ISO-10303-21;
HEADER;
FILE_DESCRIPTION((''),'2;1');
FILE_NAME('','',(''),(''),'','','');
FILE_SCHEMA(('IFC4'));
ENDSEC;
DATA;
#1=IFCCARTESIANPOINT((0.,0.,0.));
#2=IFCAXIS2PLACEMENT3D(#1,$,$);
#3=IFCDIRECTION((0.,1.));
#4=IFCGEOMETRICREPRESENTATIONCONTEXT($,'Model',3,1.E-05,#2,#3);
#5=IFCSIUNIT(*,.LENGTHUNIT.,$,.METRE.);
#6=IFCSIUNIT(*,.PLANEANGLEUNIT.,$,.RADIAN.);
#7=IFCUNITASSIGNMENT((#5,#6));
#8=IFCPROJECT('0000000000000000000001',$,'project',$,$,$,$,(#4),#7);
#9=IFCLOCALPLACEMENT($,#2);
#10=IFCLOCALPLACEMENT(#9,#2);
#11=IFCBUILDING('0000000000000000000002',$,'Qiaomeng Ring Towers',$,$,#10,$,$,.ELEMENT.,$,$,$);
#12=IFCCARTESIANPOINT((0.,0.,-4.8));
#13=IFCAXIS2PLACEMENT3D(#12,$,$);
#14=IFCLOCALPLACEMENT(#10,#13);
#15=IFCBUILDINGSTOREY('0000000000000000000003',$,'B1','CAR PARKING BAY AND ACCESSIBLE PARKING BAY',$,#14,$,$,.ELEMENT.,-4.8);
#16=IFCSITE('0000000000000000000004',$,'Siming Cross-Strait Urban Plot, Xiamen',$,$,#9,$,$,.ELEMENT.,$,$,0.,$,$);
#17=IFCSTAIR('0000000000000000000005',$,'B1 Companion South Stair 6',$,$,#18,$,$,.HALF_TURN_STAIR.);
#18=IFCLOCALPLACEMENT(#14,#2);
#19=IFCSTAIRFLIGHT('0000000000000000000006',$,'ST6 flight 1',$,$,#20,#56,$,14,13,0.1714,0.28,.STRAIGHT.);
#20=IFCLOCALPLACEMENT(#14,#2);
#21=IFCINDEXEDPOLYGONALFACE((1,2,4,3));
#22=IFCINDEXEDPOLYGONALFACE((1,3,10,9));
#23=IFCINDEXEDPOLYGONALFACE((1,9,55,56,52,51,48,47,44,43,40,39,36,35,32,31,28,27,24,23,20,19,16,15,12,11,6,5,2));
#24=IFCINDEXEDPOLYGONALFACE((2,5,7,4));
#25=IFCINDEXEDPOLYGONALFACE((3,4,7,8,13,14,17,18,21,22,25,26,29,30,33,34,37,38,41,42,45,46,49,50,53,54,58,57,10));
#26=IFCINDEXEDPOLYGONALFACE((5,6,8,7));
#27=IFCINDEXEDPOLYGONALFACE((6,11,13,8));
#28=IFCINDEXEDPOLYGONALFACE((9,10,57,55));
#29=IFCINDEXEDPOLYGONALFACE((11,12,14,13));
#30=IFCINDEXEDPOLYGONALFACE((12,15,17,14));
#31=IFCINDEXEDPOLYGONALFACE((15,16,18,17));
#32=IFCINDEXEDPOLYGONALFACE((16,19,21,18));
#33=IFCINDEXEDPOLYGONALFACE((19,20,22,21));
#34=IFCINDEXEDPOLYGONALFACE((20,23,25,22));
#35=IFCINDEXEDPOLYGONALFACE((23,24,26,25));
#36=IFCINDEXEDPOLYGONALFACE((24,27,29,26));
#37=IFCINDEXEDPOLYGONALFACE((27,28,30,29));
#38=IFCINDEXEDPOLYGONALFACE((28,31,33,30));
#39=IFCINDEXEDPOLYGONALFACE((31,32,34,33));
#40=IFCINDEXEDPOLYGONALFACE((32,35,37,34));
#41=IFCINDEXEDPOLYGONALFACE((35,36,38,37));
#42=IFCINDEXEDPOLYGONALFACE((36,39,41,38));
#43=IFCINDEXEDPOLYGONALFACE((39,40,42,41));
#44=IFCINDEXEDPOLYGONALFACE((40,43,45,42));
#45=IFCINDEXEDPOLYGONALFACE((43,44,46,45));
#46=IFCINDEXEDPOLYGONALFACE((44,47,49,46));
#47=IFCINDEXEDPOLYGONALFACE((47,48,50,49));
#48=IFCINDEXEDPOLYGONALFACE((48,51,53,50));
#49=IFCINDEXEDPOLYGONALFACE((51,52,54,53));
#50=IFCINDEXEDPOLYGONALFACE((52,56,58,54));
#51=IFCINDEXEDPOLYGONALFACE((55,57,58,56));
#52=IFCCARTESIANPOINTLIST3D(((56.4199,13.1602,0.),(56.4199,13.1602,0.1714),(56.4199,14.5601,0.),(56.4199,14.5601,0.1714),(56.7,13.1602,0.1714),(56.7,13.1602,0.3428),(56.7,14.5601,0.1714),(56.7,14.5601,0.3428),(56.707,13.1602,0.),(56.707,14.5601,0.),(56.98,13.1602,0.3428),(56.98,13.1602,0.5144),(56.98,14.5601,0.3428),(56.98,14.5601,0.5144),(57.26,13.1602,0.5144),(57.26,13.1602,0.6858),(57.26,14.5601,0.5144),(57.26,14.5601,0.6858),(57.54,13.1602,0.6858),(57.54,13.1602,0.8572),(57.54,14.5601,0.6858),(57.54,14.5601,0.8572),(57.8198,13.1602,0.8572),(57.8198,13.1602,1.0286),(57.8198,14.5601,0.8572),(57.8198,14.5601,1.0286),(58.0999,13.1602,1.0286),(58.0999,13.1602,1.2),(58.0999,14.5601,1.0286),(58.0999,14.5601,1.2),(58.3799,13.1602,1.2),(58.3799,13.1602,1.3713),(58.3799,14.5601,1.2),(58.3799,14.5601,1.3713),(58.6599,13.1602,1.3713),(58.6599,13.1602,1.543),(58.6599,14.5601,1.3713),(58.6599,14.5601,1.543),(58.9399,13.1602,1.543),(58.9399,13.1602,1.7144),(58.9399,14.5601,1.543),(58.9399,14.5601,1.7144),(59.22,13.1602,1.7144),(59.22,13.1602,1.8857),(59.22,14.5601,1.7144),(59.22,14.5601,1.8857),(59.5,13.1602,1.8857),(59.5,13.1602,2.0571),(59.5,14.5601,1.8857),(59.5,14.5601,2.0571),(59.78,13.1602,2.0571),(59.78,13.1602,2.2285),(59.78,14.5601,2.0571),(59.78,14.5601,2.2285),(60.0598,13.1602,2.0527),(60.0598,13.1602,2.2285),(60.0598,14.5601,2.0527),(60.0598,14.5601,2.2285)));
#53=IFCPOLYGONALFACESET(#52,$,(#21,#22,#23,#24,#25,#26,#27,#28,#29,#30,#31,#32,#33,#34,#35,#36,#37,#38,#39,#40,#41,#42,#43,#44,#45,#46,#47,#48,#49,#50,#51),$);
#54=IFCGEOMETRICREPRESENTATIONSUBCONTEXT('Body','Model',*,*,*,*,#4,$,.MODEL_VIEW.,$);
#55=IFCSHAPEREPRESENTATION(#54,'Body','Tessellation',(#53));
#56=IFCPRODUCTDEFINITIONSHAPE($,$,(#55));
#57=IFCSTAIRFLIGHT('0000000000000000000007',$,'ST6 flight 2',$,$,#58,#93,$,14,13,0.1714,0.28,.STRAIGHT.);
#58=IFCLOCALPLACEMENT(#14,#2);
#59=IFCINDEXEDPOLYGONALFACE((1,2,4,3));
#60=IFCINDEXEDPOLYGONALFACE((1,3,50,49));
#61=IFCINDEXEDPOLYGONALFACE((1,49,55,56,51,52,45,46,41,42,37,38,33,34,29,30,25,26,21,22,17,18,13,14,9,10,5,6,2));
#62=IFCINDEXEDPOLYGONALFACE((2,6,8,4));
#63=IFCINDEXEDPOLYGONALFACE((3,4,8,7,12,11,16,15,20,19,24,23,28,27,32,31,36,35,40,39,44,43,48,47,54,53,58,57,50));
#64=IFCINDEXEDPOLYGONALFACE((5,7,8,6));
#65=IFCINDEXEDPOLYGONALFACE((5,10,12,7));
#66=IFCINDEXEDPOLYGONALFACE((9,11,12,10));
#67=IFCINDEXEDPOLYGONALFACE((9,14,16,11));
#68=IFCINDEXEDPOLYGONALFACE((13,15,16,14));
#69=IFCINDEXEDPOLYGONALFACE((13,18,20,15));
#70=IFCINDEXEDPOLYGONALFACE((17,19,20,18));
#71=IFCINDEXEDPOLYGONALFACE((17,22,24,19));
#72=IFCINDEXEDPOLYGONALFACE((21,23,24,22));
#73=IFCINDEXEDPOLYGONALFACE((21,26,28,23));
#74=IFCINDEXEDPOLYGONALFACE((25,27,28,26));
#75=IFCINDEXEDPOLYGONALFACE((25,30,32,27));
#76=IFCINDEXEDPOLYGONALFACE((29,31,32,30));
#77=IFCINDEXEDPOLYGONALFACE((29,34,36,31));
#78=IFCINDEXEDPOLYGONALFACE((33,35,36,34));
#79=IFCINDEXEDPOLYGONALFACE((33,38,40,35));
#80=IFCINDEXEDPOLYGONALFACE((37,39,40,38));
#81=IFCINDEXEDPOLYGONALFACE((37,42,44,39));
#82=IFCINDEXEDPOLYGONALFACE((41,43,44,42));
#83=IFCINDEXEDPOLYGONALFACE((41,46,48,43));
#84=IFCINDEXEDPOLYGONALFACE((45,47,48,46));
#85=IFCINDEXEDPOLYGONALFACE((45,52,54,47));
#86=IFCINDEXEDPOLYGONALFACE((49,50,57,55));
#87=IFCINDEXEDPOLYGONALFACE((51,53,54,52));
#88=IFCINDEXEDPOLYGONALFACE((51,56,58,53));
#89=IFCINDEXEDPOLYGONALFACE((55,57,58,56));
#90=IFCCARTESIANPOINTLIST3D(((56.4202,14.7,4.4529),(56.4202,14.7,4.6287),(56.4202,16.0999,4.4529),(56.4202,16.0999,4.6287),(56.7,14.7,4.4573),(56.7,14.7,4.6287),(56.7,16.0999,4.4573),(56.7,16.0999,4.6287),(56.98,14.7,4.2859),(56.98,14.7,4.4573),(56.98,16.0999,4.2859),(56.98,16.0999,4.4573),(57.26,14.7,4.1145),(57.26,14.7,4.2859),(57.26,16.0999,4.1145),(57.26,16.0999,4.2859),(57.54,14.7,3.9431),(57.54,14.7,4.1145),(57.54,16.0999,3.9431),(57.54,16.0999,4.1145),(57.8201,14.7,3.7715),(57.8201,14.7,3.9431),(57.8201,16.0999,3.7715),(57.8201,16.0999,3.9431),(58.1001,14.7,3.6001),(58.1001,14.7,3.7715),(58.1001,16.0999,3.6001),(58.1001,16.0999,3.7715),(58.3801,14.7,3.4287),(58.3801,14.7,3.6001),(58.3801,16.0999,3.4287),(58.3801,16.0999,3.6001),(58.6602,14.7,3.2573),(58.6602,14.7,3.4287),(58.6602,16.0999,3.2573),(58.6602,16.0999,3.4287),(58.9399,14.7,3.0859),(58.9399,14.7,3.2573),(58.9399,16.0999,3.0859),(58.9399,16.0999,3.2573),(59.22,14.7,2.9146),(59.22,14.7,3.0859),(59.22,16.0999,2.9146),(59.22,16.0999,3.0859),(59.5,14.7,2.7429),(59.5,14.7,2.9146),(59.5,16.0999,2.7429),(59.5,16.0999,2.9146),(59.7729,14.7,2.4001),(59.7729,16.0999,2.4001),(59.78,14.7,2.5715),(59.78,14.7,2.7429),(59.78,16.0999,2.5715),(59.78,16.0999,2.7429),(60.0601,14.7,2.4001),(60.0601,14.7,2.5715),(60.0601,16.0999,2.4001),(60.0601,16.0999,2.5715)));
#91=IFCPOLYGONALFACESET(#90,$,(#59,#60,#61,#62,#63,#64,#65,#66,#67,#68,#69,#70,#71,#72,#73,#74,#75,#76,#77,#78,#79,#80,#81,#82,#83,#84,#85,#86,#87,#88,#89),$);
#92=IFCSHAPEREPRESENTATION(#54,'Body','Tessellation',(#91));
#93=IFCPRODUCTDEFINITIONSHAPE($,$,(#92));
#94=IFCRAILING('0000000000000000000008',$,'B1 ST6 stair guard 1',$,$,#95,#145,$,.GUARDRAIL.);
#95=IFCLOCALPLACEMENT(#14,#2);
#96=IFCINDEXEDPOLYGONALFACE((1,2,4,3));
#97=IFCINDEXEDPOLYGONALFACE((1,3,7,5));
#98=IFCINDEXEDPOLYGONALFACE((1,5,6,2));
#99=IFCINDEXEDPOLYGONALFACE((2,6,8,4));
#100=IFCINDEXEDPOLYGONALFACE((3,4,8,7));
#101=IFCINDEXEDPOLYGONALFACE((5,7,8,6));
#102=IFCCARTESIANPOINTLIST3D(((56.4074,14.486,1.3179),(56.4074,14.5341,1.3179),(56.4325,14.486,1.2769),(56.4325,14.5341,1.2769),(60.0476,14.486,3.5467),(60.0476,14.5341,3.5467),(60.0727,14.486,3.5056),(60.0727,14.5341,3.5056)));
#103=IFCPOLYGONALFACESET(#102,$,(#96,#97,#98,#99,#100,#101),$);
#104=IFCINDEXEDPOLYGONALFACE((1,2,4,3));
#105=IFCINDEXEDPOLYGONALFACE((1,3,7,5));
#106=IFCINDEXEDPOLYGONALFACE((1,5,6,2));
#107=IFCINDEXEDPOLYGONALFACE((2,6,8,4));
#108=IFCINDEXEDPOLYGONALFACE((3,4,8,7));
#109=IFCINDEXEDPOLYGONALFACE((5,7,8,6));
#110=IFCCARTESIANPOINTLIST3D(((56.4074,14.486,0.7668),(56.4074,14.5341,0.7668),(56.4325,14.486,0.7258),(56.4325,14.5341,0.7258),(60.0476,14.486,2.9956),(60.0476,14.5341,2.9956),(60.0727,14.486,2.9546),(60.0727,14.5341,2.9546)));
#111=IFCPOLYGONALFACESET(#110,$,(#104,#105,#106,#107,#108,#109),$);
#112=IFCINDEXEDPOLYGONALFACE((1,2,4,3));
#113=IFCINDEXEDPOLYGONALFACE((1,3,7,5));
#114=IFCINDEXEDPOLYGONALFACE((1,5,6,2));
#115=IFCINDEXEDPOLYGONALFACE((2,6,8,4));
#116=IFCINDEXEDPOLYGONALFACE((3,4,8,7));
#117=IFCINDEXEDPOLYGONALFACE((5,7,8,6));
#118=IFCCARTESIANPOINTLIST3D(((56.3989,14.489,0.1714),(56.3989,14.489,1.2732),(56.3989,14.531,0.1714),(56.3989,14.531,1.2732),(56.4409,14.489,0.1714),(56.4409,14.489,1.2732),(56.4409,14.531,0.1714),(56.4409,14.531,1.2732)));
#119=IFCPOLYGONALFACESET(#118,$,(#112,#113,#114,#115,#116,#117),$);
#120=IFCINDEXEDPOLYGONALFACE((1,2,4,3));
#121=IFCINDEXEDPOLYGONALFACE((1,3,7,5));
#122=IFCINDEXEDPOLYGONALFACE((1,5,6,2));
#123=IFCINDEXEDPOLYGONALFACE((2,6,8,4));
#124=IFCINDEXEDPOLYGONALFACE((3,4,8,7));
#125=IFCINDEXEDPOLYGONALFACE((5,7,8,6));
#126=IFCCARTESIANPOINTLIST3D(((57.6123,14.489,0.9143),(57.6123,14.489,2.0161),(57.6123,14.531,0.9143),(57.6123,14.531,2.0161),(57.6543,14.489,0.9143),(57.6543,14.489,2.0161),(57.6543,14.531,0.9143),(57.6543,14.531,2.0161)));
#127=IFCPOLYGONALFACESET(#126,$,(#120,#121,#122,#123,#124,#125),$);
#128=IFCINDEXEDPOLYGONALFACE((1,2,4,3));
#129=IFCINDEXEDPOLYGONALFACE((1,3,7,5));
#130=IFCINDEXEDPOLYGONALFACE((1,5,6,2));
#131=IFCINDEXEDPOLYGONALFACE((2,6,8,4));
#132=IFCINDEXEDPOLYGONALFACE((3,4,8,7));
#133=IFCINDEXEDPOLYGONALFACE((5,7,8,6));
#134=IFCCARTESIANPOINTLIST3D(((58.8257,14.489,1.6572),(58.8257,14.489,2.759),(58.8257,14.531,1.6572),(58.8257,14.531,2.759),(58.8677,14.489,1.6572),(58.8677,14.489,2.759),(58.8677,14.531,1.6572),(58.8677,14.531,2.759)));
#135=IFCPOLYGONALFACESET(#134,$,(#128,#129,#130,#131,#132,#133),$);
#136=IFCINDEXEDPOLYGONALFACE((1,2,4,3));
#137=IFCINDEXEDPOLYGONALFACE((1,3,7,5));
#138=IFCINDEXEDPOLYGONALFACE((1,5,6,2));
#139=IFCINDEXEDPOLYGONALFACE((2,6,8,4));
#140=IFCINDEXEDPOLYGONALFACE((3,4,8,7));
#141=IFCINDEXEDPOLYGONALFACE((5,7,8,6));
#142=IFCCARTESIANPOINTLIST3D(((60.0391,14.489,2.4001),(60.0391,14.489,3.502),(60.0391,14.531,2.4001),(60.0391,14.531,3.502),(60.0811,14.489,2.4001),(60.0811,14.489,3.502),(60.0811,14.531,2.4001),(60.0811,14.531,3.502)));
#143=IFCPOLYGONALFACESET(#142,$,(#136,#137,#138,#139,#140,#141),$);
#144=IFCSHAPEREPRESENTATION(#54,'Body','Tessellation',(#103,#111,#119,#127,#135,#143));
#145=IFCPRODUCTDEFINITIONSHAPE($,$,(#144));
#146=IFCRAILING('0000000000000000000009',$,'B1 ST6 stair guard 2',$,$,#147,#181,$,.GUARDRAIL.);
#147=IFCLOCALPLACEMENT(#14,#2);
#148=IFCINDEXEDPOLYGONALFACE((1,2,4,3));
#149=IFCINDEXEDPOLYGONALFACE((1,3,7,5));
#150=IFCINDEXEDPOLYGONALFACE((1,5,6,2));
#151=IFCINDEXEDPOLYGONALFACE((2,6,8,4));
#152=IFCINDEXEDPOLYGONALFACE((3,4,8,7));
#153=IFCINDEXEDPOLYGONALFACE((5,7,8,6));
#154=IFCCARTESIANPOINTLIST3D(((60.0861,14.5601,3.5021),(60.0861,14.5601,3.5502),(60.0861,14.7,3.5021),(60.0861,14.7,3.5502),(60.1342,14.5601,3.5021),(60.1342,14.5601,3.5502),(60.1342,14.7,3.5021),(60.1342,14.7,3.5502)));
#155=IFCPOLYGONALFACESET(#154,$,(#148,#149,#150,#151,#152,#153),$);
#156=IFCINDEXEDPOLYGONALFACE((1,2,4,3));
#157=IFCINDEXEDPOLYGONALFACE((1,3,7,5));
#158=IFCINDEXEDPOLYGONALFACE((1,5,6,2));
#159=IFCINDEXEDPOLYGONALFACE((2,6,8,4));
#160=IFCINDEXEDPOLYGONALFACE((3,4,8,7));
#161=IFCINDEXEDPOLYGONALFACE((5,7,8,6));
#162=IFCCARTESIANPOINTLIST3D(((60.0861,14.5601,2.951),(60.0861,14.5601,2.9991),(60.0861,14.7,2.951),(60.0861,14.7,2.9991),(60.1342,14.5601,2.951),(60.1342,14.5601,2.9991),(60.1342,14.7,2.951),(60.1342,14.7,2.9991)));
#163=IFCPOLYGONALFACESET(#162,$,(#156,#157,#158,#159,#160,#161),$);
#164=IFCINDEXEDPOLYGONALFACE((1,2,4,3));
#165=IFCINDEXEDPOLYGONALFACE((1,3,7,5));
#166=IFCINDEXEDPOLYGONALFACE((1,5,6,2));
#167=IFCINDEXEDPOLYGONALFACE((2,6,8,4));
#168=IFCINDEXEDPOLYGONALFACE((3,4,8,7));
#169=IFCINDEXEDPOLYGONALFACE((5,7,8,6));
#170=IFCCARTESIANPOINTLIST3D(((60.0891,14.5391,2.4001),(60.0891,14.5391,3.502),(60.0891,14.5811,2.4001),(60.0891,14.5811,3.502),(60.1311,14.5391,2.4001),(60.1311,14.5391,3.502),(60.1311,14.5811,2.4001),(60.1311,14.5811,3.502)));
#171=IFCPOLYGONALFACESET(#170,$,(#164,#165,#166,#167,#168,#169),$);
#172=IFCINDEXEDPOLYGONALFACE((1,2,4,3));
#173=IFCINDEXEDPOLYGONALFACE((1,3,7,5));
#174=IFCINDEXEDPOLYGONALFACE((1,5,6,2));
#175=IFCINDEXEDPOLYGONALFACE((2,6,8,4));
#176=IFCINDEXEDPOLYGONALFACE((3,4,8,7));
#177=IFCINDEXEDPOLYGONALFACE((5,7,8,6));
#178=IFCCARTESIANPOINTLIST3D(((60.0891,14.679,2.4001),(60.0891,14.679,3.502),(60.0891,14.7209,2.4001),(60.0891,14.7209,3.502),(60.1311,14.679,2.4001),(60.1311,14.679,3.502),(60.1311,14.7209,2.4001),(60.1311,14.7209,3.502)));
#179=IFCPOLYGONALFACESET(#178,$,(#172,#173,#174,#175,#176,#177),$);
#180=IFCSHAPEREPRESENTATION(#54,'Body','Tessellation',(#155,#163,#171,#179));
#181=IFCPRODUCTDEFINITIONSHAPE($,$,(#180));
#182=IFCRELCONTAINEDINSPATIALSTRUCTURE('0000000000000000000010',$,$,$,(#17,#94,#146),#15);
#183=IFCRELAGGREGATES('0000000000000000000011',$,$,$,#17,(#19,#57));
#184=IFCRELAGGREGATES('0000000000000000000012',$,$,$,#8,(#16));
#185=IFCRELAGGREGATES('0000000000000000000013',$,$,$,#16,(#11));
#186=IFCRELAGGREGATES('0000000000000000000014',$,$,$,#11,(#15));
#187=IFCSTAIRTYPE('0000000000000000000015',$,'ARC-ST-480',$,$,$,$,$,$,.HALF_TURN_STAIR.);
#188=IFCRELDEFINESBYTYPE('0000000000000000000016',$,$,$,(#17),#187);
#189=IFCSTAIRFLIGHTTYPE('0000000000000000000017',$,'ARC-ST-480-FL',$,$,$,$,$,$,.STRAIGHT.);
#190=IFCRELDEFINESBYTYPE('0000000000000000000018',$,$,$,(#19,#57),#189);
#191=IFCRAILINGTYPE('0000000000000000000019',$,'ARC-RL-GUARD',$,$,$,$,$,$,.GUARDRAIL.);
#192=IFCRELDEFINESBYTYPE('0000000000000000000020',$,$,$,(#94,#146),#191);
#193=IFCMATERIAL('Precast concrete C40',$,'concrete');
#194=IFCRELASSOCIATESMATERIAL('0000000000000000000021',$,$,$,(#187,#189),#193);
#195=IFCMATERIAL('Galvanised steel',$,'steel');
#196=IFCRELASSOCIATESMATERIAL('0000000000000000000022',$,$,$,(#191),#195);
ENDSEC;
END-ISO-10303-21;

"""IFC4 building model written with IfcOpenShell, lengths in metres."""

from ifc_helpers import new_model, si_unit, direction, frame, origin, origin_2d, place, context, subcontext, project, spatial, polyline, rectangle, outline, extrude, source, transform, mapped, material, type_object, element, aggregate, save


model = new_model("IFC4")

# Units and contexts
model_context = context("Model", 3, precision=1e-05, world=origin(), true_north=direction((0.0, 1.0)))
body_context = subcontext(model_context, "Body", "Model", "MODEL_VIEW")
ifc_project = project(units=[si_unit("LENGTHUNIT", "METRE"), si_unit("PLANEANGLEUNIT", "RADIAN")], contexts=[model_context])

# Site, building, storey
site_placement = place(None, origin())
site = spatial("IfcSite", under=ifc_project, at=site_placement, Name="Siming Cross-Strait Urban Plot, Xiamen", CompositionType="ELEMENT", RefElevation=0.0)
building_placement = place(site_placement, origin())
building = spatial("IfcBuilding", under=site, at=building_placement, Name="Qiaomeng Ring Towers", CompositionType="ELEMENT")
storey_placement = place(building_placement, frame((0.0, 0.0, -4.8)))
storey = spatial("IfcBuildingStorey", under=building, at=storey_placement, Name="B1", Description="CAR PARKING BAY AND ACCESSIBLE PARKING BAY", CompositionType="ELEMENT", Elevation=-4.8)

# Shared definitions
ifc_material_1 = material(Name="Galvanised steel", Category="steel")

# Stair, stair flights
ifc_material_2 = material(Name="Precast concrete C40", Category="concrete")
stair_type = type_object("IfcStairType", Name="ARC-ST-480", PredefinedType="HALF_TURN_STAIR", material=ifc_material_2)
stair_placement = place(storey_placement, origin())
stair = element("IfcStair", 1, at=stair_placement, inside=storey, type_object=stair_type, Name="B1 Companion South Stair 6", PredefinedType="HALF_TURN_STAIR")
stair_flight_type = type_object("IfcStairFlightType", Name="ARC-ST-480-FL", PredefinedType="STRAIGHT", material=ifc_material_2)
shared_shape_1 = source(origin(), body_context, "Body", "SweptSolid", [
    extrude(outline(polyline([(0.0, 0.0), (0.0, 0.1714), (0.28, 0.1714), (0.28, 0.3428), (0.5601, 0.3428), (0.5601, 0.5144), (0.8401, 0.5144), (0.8401, 0.6858), (1.1201, 0.6858), (1.1201, 0.8572), (1.3999, 0.8572), (1.3999, 1.0286), (1.6799, 1.0286), (1.6799, 1.2), (1.96, 1.2), (1.96, 1.3713), (2.24, 1.3713), (2.24, 1.543), (2.52, 1.543), (2.52, 1.7144), (2.8, 1.7144), (2.8, 1.8857), (3.0801, 1.8857), (3.0801, 2.0571), (3.3601, 2.0571), (3.3601, 2.2285), (3.6399, 2.2285), (3.6399, 2.3999), (3.6399, 2.0527), (0.2871, 0.0), (0.0, 0.0)])), frame((0.0, 0.7, 0.0), z_axis=(0.0, -1.0, 0.0), x_axis=(1.0, 0.0, 0.0)), (0.0, 0.0, 1.0), 1.3999),
])
stair_flight_1_placement = place(storey_placement, frame((56.4199, 13.8601, 0.0), z_axis=(0.0, 0.0, 1.0), x_axis=(1.0, 0.0, 0.0)))
stair_flight_1 = element("IfcStairFlight", 2, at=stair_flight_1_placement, type_object=stair_flight_type, Name="ST6 flight 1", NumberOfRisers=14, NumberOfTreads=13, PredefinedType="STRAIGHT", RiserHeight=0.1714, TreadLength=0.28, context=body_context, shape_type="MappedRepresentation", body=[
    mapped(shared_shape_1, transform((0.0, 0.0, 0.0), x_axis=(1.0, 0.0, 0.0), y_axis=(0.0, 1.0, 0.0), z_axis=(0.0, 0.0, 1.0), scale=1.0)),
])
stair_flight_2_placement = place(storey_placement, frame((60.0601, 15.3999, 2.4001), z_axis=(0.0, 0.0, 1.0), x_axis=(-1.0, 0.0, 0.0)))
stair_flight_2 = element("IfcStairFlight", 3, at=stair_flight_2_placement, type_object=stair_flight_type, Name="ST6 flight 2", NumberOfRisers=14, NumberOfTreads=13, PredefinedType="STRAIGHT", RiserHeight=0.1714, TreadLength=0.28, context=body_context, shape_type="MappedRepresentation", body=[
    mapped(shared_shape_1, transform((0.0, 0.0, 0.0), x_axis=(1.0, 0.0, 0.0), y_axis=(0.0, 1.0, 0.0), z_axis=(0.0, 0.0, 1.0), scale=1.0)),
])
aggregate(stair, [stair_flight_1, stair_flight_2])

# Railings
railing_type_1 = type_object("IfcRailingType", Name="ARC-RL-GUARD", PredefinedType="GUARDRAIL", material=ifc_material_1)
railing_1_placement = place(storey_placement, frame((56.4199, 14.51, 0.1714)))
element("IfcRailing", 4, at=railing_1_placement, inside=storey, type_object=railing_type_1, Name="B1 ST6 stair guard 1", PredefinedType="GUARDRAIL", context=body_context, shape_type="SweptSolid", body=[
    extrude(rectangle(XDim=0.0481, YDim=0.0481, at=origin_2d()), frame((0.0, 0.0, 1.126), z_axis=(0.85284, 0.0, 0.522172), x_axis=(0.0, 1.0, 0.0)), (0.0, 0.0, 1.0), 4.2683),
    extrude(rectangle(XDim=0.0481, YDim=0.0481, at=origin_2d()), frame((0.0, 0.0, 0.575), z_axis=(0.85284, 0.0, 0.522172), x_axis=(0.0, 1.0, 0.0)), (0.0, 0.0, 1.0), 4.2683),
    extrude(rectangle(XDim=0.042, YDim=0.042, at=origin_2d()), origin(), (0.0, 0.0, 1.0), 1.1018),
    extrude(rectangle(XDim=0.042, YDim=0.042, at=origin_2d()), frame((1.2134, 0.0, 0.7429)), (0.0, 0.0, 1.0), 1.1018),
    extrude(rectangle(XDim=0.042, YDim=0.042, at=origin_2d()), frame((2.4268, 0.0, 1.4858)), (0.0, 0.0, 1.0), 1.1018),
    extrude(rectangle(XDim=0.042, YDim=0.042, at=origin_2d()), frame((3.6401, 0.0, 2.2288)), (0.0, 0.0, 1.0), 1.1018),
])
railing_2_placement = place(storey_placement, frame((60.1101, 14.5601, 2.4001)))
element("IfcRailing", 5, at=railing_2_placement, inside=storey, type_object=railing_type_1, Name="B1 ST6 stair guard 2", PredefinedType="GUARDRAIL", context=body_context, shape_type="SweptSolid", body=[
    extrude(rectangle(XDim=0.0481, YDim=0.0481, at=origin_2d()), frame((0.0, 0.0, 1.126), z_axis=(0.0, 1.0, 0.0), x_axis=(-1.0, 0.0, 0.0)), (0.0, 0.0, 1.0), 0.1399),
    extrude(rectangle(XDim=0.0481, YDim=0.0481, at=origin_2d()), frame((0.0, 0.0, 0.575), z_axis=(0.0, 1.0, 0.0), x_axis=(-1.0, 0.0, 0.0)), (0.0, 0.0, 1.0), 0.1399),
    extrude(rectangle(XDim=0.042, YDim=0.042, at=origin_2d()), origin(), (0.0, 0.0, 1.0), 1.1018),
    extrude(rectangle(XDim=0.042, YDim=0.042, at=origin_2d()), frame((0.0, 0.1399, 0.0)), (0.0, 0.0, 1.0), 1.1018),
])

save(model, "model.ifc")
